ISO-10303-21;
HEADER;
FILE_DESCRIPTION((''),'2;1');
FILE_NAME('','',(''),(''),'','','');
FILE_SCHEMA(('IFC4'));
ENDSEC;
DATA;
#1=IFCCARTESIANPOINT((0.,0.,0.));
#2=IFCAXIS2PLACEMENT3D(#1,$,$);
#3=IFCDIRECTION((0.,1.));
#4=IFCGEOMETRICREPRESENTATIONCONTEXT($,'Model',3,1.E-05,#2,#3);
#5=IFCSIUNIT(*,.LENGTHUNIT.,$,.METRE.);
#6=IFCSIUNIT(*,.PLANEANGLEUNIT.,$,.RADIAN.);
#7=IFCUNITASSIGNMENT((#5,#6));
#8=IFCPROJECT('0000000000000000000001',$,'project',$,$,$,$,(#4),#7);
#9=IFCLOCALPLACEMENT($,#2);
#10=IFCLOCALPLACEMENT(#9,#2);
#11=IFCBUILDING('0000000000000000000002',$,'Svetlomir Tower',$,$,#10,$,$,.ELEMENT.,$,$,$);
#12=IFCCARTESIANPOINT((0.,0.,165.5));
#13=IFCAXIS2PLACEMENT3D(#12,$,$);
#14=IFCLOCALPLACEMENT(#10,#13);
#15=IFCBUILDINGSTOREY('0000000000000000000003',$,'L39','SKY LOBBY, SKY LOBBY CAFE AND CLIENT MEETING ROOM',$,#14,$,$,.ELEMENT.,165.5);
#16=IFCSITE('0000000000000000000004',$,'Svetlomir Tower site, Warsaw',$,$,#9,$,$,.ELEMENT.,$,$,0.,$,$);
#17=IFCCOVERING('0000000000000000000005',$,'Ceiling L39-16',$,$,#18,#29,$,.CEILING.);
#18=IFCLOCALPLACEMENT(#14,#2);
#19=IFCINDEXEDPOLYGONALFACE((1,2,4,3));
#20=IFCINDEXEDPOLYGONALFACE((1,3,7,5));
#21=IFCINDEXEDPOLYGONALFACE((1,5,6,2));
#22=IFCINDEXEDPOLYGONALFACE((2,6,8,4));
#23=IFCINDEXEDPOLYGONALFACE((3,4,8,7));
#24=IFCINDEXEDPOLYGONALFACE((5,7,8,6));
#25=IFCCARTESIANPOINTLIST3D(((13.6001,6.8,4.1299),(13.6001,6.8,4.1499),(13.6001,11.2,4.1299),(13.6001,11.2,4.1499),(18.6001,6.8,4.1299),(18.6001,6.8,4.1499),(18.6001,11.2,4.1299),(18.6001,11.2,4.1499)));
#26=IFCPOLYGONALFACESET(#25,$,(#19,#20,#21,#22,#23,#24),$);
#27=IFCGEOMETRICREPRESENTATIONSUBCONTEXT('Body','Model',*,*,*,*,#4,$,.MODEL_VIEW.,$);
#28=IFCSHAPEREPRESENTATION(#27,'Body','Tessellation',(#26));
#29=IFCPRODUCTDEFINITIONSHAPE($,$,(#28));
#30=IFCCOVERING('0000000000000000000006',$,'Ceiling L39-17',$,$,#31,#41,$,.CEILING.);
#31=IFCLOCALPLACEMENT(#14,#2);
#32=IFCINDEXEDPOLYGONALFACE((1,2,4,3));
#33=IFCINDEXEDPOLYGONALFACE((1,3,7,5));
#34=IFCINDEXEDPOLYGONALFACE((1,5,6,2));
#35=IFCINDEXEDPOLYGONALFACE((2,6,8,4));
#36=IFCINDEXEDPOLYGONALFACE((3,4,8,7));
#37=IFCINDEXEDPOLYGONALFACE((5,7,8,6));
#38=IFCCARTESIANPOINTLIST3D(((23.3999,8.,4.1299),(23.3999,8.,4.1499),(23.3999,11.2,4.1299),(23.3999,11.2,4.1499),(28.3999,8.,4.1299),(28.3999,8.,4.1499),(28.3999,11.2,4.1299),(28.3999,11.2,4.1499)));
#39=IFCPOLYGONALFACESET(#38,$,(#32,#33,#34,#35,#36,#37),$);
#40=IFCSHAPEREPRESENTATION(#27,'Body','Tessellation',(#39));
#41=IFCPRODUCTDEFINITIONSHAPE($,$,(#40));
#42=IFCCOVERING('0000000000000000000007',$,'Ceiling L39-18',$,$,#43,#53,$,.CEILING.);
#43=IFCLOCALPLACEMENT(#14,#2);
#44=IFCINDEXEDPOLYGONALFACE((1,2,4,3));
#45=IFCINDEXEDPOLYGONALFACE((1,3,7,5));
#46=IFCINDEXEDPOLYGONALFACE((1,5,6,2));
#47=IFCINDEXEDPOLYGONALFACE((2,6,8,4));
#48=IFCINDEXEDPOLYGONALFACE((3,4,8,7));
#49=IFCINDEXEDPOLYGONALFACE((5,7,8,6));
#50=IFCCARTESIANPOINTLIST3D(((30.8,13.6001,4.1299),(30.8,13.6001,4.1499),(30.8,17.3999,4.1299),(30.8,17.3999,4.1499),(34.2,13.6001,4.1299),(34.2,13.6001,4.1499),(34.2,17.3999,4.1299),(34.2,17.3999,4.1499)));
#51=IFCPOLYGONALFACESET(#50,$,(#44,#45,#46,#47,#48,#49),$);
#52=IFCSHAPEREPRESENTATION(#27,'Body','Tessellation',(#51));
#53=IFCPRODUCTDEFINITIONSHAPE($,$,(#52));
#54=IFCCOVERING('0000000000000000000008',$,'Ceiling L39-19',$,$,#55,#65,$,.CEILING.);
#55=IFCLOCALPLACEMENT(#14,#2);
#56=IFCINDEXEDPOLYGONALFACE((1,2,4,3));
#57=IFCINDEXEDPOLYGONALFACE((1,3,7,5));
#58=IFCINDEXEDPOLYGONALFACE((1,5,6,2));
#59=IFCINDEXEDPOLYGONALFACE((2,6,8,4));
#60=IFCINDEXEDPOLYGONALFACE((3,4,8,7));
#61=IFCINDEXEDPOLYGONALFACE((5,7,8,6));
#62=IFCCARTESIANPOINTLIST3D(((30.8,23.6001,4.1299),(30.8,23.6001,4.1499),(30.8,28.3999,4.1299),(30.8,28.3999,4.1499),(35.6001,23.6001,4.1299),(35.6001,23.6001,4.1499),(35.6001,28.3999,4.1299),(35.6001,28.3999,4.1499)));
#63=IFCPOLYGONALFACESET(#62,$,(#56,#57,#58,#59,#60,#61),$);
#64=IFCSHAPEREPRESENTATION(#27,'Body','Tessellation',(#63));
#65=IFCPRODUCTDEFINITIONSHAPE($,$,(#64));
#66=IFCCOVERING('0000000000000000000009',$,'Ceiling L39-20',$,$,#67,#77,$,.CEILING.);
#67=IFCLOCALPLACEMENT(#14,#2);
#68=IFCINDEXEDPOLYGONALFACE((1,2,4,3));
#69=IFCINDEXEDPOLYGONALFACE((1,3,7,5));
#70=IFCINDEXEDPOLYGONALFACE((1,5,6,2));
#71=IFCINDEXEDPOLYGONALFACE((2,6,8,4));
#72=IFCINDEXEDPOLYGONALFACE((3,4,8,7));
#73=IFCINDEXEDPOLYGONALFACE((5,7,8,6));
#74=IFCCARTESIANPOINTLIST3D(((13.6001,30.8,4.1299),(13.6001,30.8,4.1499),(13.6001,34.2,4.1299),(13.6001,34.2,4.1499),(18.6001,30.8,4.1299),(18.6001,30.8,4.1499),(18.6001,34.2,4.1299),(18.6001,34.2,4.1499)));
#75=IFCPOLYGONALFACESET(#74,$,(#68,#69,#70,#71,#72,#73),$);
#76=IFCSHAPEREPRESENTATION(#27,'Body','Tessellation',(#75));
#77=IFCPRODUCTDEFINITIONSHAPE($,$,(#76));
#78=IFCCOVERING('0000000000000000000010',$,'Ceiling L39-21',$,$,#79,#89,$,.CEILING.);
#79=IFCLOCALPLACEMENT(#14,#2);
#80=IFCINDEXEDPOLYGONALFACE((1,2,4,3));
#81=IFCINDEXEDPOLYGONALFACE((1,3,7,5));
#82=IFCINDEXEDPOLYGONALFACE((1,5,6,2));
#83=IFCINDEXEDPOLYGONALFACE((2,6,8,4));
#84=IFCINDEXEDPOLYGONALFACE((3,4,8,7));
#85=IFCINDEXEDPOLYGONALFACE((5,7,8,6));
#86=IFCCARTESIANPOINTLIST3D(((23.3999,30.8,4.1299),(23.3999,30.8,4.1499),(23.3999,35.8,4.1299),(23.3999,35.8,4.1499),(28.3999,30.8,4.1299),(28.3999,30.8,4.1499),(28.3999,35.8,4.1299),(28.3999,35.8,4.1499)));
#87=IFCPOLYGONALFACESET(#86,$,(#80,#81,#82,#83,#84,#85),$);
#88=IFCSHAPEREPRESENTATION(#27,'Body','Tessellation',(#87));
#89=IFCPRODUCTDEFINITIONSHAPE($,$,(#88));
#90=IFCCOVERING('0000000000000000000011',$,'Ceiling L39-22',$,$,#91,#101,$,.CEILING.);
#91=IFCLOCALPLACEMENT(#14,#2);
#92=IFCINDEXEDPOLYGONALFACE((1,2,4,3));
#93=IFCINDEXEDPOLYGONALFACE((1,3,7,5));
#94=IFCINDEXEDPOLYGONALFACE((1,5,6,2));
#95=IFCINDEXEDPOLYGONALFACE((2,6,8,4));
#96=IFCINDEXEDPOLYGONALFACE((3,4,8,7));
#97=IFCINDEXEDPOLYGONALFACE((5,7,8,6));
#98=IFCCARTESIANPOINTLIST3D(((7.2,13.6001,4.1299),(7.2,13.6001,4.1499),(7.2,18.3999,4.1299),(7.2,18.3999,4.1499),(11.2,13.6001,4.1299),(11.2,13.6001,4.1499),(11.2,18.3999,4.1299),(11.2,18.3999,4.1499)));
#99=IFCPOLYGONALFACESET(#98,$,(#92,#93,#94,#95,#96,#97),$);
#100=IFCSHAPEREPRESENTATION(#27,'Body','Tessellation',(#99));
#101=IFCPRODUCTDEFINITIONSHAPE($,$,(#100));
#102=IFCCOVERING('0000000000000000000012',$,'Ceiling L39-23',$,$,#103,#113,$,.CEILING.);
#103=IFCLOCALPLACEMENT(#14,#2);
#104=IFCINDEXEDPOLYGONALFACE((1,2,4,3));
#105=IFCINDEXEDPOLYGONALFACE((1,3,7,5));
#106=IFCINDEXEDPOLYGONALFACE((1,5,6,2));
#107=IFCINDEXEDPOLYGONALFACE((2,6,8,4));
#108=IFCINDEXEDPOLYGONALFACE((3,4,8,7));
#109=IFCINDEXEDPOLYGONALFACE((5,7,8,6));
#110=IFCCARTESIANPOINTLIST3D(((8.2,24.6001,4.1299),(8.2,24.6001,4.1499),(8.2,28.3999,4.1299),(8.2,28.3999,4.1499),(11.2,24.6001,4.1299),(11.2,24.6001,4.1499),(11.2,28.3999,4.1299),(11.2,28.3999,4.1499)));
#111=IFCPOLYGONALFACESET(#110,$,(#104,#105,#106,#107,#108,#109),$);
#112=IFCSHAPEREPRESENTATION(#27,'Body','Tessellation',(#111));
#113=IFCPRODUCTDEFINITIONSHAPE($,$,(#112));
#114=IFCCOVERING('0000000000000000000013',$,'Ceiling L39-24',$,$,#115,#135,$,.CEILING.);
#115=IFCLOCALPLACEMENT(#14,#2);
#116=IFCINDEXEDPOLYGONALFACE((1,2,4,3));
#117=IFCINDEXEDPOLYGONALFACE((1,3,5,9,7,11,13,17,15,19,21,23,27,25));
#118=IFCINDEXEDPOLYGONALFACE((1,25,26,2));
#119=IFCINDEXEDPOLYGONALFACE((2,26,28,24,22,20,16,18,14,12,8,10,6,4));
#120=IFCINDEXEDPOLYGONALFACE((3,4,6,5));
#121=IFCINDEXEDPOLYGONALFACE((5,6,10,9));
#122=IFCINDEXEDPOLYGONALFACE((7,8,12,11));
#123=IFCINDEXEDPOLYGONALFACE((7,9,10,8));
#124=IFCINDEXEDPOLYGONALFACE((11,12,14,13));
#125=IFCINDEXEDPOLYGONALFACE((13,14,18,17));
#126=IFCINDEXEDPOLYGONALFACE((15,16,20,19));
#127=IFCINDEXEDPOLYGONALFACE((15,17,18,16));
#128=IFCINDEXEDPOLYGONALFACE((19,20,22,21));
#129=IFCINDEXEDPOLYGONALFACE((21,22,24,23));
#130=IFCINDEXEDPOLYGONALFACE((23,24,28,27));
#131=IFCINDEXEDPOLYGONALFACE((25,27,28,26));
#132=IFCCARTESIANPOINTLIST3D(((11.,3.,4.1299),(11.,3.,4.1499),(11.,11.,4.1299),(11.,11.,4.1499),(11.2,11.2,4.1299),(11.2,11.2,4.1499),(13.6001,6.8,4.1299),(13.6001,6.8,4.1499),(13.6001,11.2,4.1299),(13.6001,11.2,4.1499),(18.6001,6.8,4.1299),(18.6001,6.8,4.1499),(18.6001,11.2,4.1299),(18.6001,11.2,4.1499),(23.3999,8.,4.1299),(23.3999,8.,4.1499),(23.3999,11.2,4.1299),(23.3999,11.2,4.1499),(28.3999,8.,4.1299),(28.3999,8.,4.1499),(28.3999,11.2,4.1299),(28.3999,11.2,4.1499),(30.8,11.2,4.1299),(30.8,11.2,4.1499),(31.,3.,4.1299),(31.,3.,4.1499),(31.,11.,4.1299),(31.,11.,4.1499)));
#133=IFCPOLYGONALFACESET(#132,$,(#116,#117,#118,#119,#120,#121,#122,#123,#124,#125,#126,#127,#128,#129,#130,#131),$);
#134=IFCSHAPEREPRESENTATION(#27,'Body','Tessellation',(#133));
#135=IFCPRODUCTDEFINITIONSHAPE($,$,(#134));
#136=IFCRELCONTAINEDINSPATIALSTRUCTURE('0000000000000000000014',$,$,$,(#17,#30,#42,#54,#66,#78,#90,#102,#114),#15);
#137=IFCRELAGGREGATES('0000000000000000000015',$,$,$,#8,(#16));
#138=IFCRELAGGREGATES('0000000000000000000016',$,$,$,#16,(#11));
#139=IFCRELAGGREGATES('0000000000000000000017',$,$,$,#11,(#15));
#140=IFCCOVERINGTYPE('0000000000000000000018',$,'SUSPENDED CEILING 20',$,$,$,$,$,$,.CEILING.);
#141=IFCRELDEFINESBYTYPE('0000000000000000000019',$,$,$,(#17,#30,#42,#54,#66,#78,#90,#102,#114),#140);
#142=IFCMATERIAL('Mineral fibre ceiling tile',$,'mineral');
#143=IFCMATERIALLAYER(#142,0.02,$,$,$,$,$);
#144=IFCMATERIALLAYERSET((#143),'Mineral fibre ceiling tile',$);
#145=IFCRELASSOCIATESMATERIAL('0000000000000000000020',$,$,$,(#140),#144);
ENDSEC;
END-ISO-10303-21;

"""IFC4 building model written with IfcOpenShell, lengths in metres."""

from ifc_helpers import new_model, si_unit, direction, frame, origin, place, context, subcontext, project, spatial, polyline, outline, extrude, material, layer, layer_set, type_object, element, save


model = new_model("IFC4")

# Units and contexts
model_context = context("Model", 3, precision=1e-05, world=origin(), true_north=direction((0.0, 1.0)))
body_context = subcontext(model_context, "Body", "Model", "MODEL_VIEW")
ifc_project = project(units=[si_unit("LENGTHUNIT", "METRE"), si_unit("PLANEANGLEUNIT", "RADIAN")], contexts=[model_context])

# Site, building, storey
site_placement = place(None, origin())
site = spatial("IfcSite", under=ifc_project, at=site_placement, Name="Svetlomir Tower site, Warsaw", CompositionType="ELEMENT", RefElevation=0.0)
building_placement = place(site_placement, origin())
building = spatial("IfcBuilding", under=site, at=building_placement, Name="Svetlomir Tower", CompositionType="ELEMENT")
storey_placement = place(building_placement, frame((0.0, 0.0, 165.5)))
storey = spatial("IfcBuildingStorey", under=building, at=storey_placement, Name="L39", Description="SKY LOBBY, SKY LOBBY CAFE AND CLIENT MEETING ROOM", CompositionType="ELEMENT", Elevation=165.5)

# Coverings
ifc_material_1 = material(Name="Mineral fibre ceiling tile", Category="mineral")
ifc_layer_1 = layer(ifc_material_1, 0.02)
ifc_layer_set_1 = layer_set([ifc_layer_1], Name="Mineral fibre ceiling tile")
covering_type_1 = type_object("IfcCoveringType", Name="SUSPENDED CEILING 20", PredefinedType="CEILING", material=ifc_layer_set_1)
covering_1_placement = place(storey_placement, frame((0.0, 0.0, 4.1299)))
element("IfcCovering", 1, at=covering_1_placement, inside=storey, type_object=covering_type_1, Name="Ceiling L39-16", PredefinedType="CEILING", context=body_context, shape_type="SweptSolid", body=[
    extrude(outline(polyline([(13.6001, 6.8), (18.6001, 6.8), (18.6001, 11.2), (13.6001, 11.2), (13.6001, 6.8)])), origin(), (0.0, 0.0, 1.0), 0.02),
])
covering_2_placement = place(storey_placement, frame((0.0, 0.0, 4.1299)))
element("IfcCovering", 2, at=covering_2_placement, inside=storey, type_object=covering_type_1, Name="Ceiling L39-17", PredefinedType="CEILING", context=body_context, shape_type="SweptSolid", body=[
    extrude(outline(polyline([(23.3999, 8.0), (28.3999, 8.0), (28.3999, 11.2), (23.3999, 11.2), (23.3999, 8.0)])), origin(), (0.0, 0.0, 1.0), 0.02),
])
covering_3_placement = place(storey_placement, frame((0.0, 0.0, 4.1299)))
element("IfcCovering", 3, at=covering_3_placement, inside=storey, type_object=covering_type_1, Name="Ceiling L39-18", PredefinedType="CEILING", context=body_context, shape_type="SweptSolid", body=[
    extrude(outline(polyline([(30.8, 13.6001), (34.2, 13.6001), (34.2, 17.3999), (30.8, 17.3999), (30.8, 13.6001)])), origin(), (0.0, 0.0, 1.0), 0.02),
])
covering_4_placement = place(storey_placement, frame((0.0, 0.0, 4.1299)))
element("IfcCovering", 4, at=covering_4_placement, inside=storey, type_object=covering_type_1, Name="Ceiling L39-19", PredefinedType="CEILING", context=body_context, shape_type="SweptSolid", body=[
    extrude(outline(polyline([(30.8, 23.6001), (35.6001, 23.6001), (35.6001, 28.3999), (30.8, 28.3999), (30.8, 23.6001)])), origin(), (0.0, 0.0, 1.0), 0.02),
])
covering_5_placement = place(storey_placement, frame((0.0, 0.0, 4.1299)))
element("IfcCovering", 5, at=covering_5_placement, inside=storey, type_object=covering_type_1, Name="Ceiling L39-20", PredefinedType="CEILING", context=body_context, shape_type="SweptSolid", body=[
    extrude(outline(polyline([(13.6001, 30.8), (18.6001, 30.8), (18.6001, 34.2), (13.6001, 34.2), (13.6001, 30.8)])), origin(), (0.0, 0.0, 1.0), 0.02),
])
covering_6_placement = place(storey_placement, frame((0.0, 0.0, 4.1299)))
element("IfcCovering", 6, at=covering_6_placement, inside=storey, type_object=covering_type_1, Name="Ceiling L39-21", PredefinedType="CEILING", context=body_context, shape_type="SweptSolid", body=[
    extrude(outline(polyline([(23.3999, 30.8), (28.3999, 30.8), (28.3999, 35.8), (23.3999, 35.8), (23.3999, 30.8)])), origin(), (0.0, 0.0, 1.0), 0.02),
])
covering_7_placement = place(storey_placement, frame((0.0, 0.0, 4.1299)))
element("IfcCovering", 7, at=covering_7_placement, inside=storey, type_object=covering_type_1, Name="Ceiling L39-22", PredefinedType="CEILING", context=body_context, shape_type="SweptSolid", body=[
    extrude(outline(polyline([(7.2, 13.6001), (11.2, 13.6001), (11.2, 18.3999), (7.2, 18.3999), (7.2, 13.6001)])), origin(), (0.0, 0.0, 1.0), 0.02),
])
covering_8_placement = place(storey_placement, frame((0.0, 0.0, 4.1299)))
element("IfcCovering", 8, at=covering_8_placement, inside=storey, type_object=covering_type_1, Name="Ceiling L39-23", PredefinedType="CEILING", context=body_context, shape_type="SweptSolid", body=[
    extrude(outline(polyline([(8.2, 24.6001), (11.2, 24.6001), (11.2, 28.3999), (8.2, 28.3999), (8.2, 24.6001)])), origin(), (0.0, 0.0, 1.0), 0.02),
])
covering_9_placement = place(storey_placement, frame((0.0, 0.0, 4.1299)))
element("IfcCovering", 9, at=covering_9_placement, inside=storey, type_object=covering_type_1, Name="Ceiling L39-24", PredefinedType="CEILING", context=body_context, shape_type="SweptSolid", body=[
    extrude(outline(polyline([(31.0, 3.0), (11.0, 3.0), (11.0, 11.0), (11.2, 11.2), (13.6001, 11.2), (13.6001, 6.8), (18.6001, 6.8), (18.6001, 11.2), (23.3999, 11.2), (23.3999, 8.0), (28.3999, 8.0), (28.3999, 11.2), (30.8, 11.2), (31.0, 11.0), (31.0, 3.0)])), origin(), (0.0, 0.0, 1.0), 0.02),
])

save(model, "model.ifc")
